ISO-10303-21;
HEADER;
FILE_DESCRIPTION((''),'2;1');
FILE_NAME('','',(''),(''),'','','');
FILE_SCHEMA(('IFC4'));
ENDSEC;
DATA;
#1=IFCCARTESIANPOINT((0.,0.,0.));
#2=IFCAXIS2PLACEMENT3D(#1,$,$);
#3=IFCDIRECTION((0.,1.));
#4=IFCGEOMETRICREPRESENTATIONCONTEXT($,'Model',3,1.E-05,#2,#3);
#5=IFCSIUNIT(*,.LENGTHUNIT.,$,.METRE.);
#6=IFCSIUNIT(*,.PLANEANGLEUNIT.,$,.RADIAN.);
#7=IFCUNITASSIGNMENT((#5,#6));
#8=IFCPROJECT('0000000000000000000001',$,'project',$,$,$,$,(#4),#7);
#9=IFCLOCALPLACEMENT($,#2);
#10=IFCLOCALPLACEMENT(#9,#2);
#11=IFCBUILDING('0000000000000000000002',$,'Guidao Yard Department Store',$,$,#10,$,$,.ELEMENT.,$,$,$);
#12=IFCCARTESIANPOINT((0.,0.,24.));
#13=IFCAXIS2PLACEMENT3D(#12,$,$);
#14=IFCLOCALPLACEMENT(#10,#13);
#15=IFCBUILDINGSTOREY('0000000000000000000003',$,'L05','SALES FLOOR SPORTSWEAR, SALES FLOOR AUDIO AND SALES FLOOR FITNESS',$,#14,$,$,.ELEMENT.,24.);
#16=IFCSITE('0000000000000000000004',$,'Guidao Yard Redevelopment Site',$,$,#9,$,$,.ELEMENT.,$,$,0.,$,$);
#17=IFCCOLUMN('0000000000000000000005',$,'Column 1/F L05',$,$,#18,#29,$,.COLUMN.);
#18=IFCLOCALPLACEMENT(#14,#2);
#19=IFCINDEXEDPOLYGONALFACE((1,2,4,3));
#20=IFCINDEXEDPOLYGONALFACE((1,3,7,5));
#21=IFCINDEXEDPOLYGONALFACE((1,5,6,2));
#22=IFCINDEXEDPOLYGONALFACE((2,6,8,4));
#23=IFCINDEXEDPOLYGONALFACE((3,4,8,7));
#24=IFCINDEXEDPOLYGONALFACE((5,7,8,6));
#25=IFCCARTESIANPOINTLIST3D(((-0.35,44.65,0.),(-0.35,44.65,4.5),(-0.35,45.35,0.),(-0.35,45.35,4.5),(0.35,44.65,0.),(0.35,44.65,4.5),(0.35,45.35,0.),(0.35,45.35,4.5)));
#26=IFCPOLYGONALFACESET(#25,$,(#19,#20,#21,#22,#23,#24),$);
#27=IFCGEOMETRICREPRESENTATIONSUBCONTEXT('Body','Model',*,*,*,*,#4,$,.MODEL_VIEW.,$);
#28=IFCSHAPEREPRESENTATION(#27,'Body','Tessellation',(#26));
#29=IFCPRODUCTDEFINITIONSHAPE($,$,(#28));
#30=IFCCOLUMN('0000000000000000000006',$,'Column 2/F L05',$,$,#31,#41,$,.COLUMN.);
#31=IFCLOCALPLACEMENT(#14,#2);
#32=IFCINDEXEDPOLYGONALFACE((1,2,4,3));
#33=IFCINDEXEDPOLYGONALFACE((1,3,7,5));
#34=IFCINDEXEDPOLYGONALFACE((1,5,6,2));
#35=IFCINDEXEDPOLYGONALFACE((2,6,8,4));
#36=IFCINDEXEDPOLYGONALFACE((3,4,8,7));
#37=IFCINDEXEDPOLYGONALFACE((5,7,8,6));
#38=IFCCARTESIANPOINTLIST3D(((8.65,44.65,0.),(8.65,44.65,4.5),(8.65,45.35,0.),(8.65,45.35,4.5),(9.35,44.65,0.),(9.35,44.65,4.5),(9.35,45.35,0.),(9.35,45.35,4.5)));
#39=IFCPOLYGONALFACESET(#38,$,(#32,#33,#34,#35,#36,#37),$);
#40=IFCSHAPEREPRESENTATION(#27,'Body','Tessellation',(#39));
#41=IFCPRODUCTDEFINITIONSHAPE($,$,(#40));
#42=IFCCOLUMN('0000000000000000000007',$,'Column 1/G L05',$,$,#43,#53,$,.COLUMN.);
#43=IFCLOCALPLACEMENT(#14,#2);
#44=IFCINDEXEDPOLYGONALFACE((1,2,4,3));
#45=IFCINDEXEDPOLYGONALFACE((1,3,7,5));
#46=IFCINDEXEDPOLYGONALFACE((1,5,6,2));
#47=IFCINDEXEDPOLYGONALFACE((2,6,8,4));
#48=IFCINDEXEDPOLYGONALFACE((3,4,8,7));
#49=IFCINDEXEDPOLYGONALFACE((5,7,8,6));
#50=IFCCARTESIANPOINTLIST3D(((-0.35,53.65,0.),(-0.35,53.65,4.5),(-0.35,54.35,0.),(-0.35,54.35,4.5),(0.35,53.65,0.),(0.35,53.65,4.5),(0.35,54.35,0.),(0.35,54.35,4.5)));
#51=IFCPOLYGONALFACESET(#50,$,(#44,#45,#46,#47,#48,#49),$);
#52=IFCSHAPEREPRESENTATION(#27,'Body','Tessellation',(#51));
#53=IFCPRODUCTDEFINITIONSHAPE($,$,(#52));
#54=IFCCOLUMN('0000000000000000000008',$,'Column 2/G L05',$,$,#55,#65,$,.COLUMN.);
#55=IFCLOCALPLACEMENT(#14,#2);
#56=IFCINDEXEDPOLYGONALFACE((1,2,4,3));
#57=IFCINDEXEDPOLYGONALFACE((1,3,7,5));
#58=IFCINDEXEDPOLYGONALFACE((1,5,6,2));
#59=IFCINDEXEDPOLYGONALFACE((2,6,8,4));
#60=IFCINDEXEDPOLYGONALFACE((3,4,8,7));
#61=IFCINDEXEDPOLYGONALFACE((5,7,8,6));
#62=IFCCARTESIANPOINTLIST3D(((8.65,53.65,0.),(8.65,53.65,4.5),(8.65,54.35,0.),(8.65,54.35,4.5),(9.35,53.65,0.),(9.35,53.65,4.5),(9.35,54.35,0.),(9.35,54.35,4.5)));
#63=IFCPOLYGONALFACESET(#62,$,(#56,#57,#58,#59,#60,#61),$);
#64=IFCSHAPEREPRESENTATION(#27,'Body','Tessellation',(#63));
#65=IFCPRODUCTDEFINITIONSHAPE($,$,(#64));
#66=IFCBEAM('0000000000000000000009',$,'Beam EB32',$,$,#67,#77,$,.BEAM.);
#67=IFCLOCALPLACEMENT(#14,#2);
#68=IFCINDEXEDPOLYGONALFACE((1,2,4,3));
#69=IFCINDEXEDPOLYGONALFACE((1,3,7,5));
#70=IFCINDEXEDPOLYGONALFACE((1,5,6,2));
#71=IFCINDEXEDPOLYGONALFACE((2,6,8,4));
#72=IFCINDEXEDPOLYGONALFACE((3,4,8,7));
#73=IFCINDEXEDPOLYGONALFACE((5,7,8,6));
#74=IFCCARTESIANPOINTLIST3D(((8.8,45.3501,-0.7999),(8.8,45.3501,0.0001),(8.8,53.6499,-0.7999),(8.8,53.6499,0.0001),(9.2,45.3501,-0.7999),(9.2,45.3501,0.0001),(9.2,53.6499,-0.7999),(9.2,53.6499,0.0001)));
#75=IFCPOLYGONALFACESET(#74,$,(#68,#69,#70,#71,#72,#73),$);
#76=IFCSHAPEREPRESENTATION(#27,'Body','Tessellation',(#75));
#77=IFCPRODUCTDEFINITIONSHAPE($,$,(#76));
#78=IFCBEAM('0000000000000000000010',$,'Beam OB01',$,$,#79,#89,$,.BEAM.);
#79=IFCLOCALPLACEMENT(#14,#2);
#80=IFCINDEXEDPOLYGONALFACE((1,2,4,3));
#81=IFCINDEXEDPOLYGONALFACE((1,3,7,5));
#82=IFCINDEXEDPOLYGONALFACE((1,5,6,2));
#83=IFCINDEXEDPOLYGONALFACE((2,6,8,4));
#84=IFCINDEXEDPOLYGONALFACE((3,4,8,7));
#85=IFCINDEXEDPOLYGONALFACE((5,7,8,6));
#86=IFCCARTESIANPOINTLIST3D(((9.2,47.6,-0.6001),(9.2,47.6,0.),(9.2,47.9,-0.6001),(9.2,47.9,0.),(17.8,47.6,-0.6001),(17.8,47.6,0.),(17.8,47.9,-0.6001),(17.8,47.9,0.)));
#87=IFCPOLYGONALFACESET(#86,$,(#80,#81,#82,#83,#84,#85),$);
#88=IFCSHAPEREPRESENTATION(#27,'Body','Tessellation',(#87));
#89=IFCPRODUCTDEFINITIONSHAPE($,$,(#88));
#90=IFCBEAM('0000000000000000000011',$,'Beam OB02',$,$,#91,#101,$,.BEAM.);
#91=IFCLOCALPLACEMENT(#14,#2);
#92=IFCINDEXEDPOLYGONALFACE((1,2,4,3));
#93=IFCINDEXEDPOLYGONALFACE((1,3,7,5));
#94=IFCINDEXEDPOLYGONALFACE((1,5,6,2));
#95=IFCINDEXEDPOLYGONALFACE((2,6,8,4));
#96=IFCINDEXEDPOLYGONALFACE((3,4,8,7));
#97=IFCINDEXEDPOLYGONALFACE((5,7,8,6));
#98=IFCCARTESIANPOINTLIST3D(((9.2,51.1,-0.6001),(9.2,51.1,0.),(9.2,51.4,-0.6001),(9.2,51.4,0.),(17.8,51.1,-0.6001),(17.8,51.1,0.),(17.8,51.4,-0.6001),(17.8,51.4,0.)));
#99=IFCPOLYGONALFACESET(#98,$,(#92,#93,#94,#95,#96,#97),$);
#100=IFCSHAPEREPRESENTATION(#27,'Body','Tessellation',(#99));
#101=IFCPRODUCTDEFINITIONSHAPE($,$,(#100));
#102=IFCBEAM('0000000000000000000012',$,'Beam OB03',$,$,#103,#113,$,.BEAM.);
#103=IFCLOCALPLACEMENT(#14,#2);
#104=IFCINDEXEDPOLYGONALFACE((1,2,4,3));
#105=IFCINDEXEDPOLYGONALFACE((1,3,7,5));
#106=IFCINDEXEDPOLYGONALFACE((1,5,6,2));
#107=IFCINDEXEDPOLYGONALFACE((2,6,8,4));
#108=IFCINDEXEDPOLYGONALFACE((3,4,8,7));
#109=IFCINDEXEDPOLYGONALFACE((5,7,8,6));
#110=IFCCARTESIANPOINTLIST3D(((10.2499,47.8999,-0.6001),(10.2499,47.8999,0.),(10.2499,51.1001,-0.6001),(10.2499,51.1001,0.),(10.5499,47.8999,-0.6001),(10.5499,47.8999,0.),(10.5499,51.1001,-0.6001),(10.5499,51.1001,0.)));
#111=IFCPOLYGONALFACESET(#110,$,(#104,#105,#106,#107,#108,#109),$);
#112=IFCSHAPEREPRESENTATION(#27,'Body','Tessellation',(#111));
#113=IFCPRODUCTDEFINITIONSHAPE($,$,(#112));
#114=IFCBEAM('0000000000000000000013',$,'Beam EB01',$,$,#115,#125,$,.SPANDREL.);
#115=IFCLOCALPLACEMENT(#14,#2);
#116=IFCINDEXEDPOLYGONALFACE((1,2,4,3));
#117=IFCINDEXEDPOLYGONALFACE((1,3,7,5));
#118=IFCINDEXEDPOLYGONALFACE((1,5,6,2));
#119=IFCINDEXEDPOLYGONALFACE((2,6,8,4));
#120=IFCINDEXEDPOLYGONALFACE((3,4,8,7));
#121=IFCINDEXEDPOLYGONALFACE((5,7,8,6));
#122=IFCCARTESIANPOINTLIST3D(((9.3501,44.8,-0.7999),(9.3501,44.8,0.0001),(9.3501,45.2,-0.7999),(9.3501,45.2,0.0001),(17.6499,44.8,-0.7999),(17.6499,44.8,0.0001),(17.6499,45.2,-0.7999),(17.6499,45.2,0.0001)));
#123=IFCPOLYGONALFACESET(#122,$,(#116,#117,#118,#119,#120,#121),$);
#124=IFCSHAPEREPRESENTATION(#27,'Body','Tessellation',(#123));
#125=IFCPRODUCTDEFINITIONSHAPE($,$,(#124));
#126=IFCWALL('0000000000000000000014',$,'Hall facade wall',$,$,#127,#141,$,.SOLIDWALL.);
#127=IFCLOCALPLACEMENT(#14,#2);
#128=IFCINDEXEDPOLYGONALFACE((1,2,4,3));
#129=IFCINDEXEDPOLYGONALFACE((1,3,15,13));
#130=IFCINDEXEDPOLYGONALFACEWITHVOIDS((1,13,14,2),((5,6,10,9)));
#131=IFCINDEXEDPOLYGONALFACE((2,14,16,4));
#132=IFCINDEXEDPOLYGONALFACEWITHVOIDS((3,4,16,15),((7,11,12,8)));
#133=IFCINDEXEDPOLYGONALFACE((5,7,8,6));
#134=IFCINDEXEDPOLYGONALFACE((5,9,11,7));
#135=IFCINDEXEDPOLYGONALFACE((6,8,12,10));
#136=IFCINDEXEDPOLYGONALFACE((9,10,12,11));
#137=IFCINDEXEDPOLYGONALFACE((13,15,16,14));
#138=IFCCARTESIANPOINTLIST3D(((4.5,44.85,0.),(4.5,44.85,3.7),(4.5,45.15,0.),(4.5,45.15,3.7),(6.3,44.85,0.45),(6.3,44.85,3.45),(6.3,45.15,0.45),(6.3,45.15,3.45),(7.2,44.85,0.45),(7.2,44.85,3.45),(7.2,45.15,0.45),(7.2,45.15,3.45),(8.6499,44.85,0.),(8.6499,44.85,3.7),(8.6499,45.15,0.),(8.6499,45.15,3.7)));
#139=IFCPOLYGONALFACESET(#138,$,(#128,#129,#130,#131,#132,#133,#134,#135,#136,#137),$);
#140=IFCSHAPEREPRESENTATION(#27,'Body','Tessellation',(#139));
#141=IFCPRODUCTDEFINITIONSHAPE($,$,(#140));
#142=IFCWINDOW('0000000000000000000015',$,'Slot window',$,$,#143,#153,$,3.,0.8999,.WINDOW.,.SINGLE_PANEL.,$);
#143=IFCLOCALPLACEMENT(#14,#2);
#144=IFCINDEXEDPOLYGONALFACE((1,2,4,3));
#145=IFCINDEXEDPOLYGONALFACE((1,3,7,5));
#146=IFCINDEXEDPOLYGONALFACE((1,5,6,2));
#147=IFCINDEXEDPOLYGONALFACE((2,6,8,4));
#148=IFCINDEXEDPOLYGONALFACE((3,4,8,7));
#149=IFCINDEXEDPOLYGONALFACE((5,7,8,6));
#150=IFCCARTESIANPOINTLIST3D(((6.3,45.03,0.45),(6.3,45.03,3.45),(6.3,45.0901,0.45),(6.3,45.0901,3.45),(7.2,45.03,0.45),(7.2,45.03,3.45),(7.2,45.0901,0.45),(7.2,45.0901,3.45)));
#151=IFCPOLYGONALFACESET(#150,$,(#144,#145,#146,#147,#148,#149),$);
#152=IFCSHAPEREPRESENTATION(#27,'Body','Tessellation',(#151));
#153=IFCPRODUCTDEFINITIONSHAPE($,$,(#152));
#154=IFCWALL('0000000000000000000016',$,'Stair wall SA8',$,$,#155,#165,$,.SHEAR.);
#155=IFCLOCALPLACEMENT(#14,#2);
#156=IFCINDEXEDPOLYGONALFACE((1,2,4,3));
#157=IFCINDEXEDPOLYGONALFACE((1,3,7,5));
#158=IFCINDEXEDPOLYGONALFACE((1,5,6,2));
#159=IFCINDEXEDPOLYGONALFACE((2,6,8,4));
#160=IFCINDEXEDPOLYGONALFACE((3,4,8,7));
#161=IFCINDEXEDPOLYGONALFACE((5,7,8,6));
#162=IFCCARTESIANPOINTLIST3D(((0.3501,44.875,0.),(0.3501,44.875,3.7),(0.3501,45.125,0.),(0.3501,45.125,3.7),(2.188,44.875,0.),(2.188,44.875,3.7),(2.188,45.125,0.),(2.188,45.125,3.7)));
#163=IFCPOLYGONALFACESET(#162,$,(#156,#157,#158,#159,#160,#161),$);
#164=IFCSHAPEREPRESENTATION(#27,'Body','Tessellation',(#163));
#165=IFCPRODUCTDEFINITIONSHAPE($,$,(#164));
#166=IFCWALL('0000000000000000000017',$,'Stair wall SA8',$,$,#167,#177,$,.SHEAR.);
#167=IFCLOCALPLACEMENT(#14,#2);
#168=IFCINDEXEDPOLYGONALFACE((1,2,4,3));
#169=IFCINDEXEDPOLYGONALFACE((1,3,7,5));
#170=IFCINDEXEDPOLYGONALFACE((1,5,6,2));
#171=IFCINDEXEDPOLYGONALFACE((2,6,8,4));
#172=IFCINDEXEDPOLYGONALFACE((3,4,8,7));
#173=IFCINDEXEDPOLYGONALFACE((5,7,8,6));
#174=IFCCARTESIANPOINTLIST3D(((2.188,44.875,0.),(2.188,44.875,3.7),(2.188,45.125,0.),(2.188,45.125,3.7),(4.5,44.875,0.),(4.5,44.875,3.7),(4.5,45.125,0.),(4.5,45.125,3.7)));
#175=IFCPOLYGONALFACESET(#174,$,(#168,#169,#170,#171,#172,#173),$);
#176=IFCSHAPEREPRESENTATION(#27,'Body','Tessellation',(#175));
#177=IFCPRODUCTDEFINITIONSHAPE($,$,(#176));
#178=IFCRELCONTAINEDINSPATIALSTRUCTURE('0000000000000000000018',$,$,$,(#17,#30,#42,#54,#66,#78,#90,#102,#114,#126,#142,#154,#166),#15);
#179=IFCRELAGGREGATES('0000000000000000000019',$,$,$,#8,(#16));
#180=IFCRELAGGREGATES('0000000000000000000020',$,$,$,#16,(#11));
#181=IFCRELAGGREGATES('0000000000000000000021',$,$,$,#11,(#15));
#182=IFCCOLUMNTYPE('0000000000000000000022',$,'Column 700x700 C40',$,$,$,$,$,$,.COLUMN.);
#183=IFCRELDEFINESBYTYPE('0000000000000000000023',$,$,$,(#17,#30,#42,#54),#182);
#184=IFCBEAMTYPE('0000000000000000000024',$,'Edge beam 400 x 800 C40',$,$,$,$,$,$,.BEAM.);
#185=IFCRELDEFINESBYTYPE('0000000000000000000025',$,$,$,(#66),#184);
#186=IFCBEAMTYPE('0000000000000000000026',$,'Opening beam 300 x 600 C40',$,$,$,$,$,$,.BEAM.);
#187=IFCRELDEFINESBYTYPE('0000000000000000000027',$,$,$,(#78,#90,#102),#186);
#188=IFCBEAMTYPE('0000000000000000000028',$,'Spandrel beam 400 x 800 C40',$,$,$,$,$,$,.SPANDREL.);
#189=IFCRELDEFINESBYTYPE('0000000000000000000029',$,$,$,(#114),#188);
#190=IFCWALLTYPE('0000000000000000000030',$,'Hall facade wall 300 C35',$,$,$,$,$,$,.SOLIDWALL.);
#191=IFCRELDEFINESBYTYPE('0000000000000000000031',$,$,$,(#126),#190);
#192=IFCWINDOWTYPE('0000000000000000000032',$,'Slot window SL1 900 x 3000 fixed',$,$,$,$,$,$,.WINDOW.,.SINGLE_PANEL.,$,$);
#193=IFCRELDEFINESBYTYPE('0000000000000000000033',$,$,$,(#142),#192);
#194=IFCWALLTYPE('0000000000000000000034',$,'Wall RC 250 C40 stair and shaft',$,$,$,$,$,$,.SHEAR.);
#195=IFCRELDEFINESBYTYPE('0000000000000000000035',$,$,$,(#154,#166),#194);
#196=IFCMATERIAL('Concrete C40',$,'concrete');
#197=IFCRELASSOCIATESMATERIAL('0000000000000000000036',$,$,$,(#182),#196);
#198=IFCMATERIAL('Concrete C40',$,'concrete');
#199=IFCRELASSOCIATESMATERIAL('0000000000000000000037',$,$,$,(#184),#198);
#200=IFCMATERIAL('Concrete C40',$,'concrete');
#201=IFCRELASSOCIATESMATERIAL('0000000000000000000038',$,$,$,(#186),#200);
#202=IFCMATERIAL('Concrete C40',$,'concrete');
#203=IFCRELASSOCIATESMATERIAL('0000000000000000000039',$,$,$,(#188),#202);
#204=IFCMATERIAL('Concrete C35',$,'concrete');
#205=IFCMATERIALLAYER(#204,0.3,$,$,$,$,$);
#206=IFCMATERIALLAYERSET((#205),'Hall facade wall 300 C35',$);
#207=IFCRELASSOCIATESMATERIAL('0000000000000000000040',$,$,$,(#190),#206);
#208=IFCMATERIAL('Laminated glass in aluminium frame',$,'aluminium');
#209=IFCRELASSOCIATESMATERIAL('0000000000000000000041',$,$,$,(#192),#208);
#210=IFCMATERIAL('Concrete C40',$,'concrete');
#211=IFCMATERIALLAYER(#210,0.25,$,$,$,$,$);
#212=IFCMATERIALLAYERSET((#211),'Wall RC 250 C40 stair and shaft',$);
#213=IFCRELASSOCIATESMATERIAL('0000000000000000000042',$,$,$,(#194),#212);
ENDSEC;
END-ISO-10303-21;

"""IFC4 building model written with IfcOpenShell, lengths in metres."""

from ifc_helpers import new_model, si_unit, direction, frame, frame_2d, origin, origin_2d, place, context, subcontext, project, spatial, rectangle, extrude, material, layer, layer_set, material_profile, profile_set, type_object, element, fill, save


model = new_model("IFC4")

# Units and contexts
model_context = context("Model", 3, precision=1e-05, world=origin(), true_north=direction((0.0, 1.0)))
body_context = subcontext(model_context, "Body", "Model", "MODEL_VIEW")
ifc_project = project(units=[si_unit("LENGTHUNIT", "METRE"), si_unit("PLANEANGLEUNIT", "RADIAN")], contexts=[model_context])

# Site, building, storey
site_placement = place(None, origin())
site = spatial("IfcSite", under=ifc_project, at=site_placement, Name="Guidao Yard Redevelopment Site", CompositionType="ELEMENT", RefElevation=0.0)
building_placement = place(site_placement, origin())
building = spatial("IfcBuilding", under=site, at=building_placement, Name="Guidao Yard Department Store", CompositionType="ELEMENT")
storey_placement = place(building_placement, frame((0.0, 0.0, 24.0)))
storey = spatial("IfcBuildingStorey", under=building, at=storey_placement, Name="L05", Description="SALES FLOOR SPORTSWEAR, SALES FLOOR AUDIO AND SALES FLOOR FITNESS", CompositionType="ELEMENT", Elevation=24.0)

# Columns
ifc_material_1 = material(Name="Concrete C40", Category="concrete")
ifc_material_profile_1 = material_profile(ifc_material_1, rectangle(XDim=0.7, YDim=0.7, at=origin_2d()), Name="COL 700x700")
ifc_profile_set_1 = profile_set([ifc_material_profile_1], Name="Concrete C40")
column_type = type_object("IfcColumnType", Name="Column 700x700 C40", PredefinedType="COLUMN", material=ifc_profile_set_1)
for number, where, z_axis, x_axis, name in (
    (1, (0.0, 45.0, 0.0), (0.0, 0.0, 1.0), (1.0, 0.0, 0.0), "Column 1/F L05"),
    (2, (9.0, 45.0, 0.0), (0.0, 0.0, 1.0), (1.0, 0.0, 0.0), "Column 2/F L05"),
    (3, (0.0, 54.0, 0.0), (0.0, 0.0, 1.0), (1.0, 0.0, 0.0), "Column 1/G L05"),
    (4, (9.0, 54.0, 0.0), (0.0, 0.0, 1.0), (1.0, 0.0, 0.0), "Column 2/G L05"),
):
    element("IfcColumn", number, at=place(storey_placement, frame(where, z_axis=z_axis, x_axis=x_axis)), inside=storey, type_object=column_type, Name=name, PredefinedType="COLUMN", context=body_context, shape_type="SweptSolid", body=[
        extrude(rectangle(XDim=0.7, YDim=0.7, at=origin_2d()), origin(), (0.0, 0.0, 1.0), 4.5),
    ])

# Beams
ifc_material_2 = material(Name="Concrete C40", Category="concrete")
ifc_material_profile_2 = material_profile(ifc_material_2, rectangle(XDim=0.3999, YDim=0.8, at=origin_2d()), Name="Edge beam 400 x 800 C40")
ifc_profile_set_2 = profile_set([ifc_material_profile_2], Name="Concrete C40")
beam_type_1 = type_object("IfcBeamType", Name="Edge beam 400 x 800 C40", PredefinedType="BEAM", material=ifc_profile_set_2)
beam_1_placement = place(storey_placement, frame((9.0, 45.3501, -0.3999), z_axis=(0.0, 1.0, 0.0), x_axis=(-1.0, 0.0, 0.0)))
element("IfcBeam", 5, at=beam_1_placement, inside=storey, type_object=beam_type_1, Name="Beam EB32", PredefinedType="BEAM", context=body_context, shape_type="SweptSolid", body=[
    extrude(rectangle(XDim=0.3999, YDim=0.8, at=origin_2d()), origin(), (0.0, 0.0, 1.0), 8.2998),
])
ifc_material_3 = material(Name="Concrete C40", Category="concrete")
ifc_material_profile_3 = material_profile(ifc_material_3, rectangle(XDim=0.3, YDim=0.6001, at=origin_2d()), Name="Opening beam 300 x 600 C40")
ifc_profile_set_3 = profile_set([ifc_material_profile_3], Name="Concrete C40")
beam_type_2 = type_object("IfcBeamType", Name="Opening beam 300 x 600 C40", PredefinedType="BEAM", material=ifc_profile_set_3)
for number, where, z_axis, x_axis, name in (
    (6, (9.2, 47.75, -0.3), (1.0, 0.0, 0.0), (0.0, 1.0, 0.0), "Beam OB01"),
    (7, (9.2, 51.25, -0.3), (1.0, 0.0, 0.0), (0.0, 1.0, 0.0), "Beam OB02"),
):
    element("IfcBeam", number, at=place(storey_placement, frame(where, z_axis=z_axis, x_axis=x_axis)), inside=storey, type_object=beam_type_2, Name=name, PredefinedType="BEAM", context=body_context, shape_type="SweptSolid", body=[
        extrude(rectangle(XDim=0.3, YDim=0.6001, at=origin_2d()), origin(), (0.0, 0.0, 1.0), 8.6001),
    ])
beam_2_placement = place(storey_placement, frame((10.3999, 47.8999, -0.3), z_axis=(0.0, 1.0, 0.0), x_axis=(-1.0, 0.0, 0.0)))
element("IfcBeam", 8, at=beam_2_placement, inside=storey, type_object=beam_type_2, Name="Beam OB03", PredefinedType="BEAM", context=body_context, shape_type="SweptSolid", body=[
    extrude(rectangle(XDim=0.3, YDim=0.6001, at=origin_2d()), origin(), (0.0, 0.0, 1.0), 3.2002),
])
ifc_material_4 = material(Name="Concrete C40", Category="concrete")
ifc_material_profile_4 = material_profile(ifc_material_4, rectangle(XDim=0.3999, YDim=0.8, at=origin_2d()), Name="Spandrel beam 400 x 800 C40")
ifc_profile_set_4 = profile_set([ifc_material_profile_4], Name="Concrete C40")
beam_type_3 = type_object("IfcBeamType", Name="Spandrel beam 400 x 800 C40", PredefinedType="SPANDREL", material=ifc_profile_set_4)
beam_3_placement = place(storey_placement, frame((9.3501, 45.0, -0.3999), z_axis=(1.0, 0.0, 0.0), x_axis=(0.0, 1.0, 0.0)))
element("IfcBeam", 9, at=beam_3_placement, inside=storey, type_object=beam_type_3, Name="Beam EB01", PredefinedType="SPANDREL", context=body_context, shape_type="SweptSolid", body=[
    extrude(rectangle(XDim=0.3999, YDim=0.8, at=origin_2d()), origin(), (0.0, 0.0, 1.0), 8.2998),
])

# Wall, opening, window
ifc_material_5 = material(Name="Concrete C35", Category="concrete")
ifc_layer_1 = layer(ifc_material_5, 0.3)
ifc_layer_set_1 = layer_set([ifc_layer_1], Name="Hall facade wall 300 C35")
wall_type_1 = type_object("IfcWallType", Name="Hall facade wall 300 C35", PredefinedType="SOLIDWALL", material=ifc_layer_set_1)
wall_1_placement = place(storey_placement, frame((8.6499, 45.0, 0.0), z_axis=(0.0, 0.0, 1.0), x_axis=(-1.0, 0.0, 0.0)))
wall_1 = element("IfcWall", 10, at=wall_1_placement, inside=storey, type_object=wall_type_1, Name="Hall facade wall", PredefinedType="SOLIDWALL", context=body_context, shape_type="SweptSolid", body=[
    extrude(rectangle(XDim=4.1499, YDim=0.3, at=frame_2d((2.075, 0.0))), origin(), (0.0, 0.0, 1.0), 3.7),
])
opening_1_placement = place(wall_1_placement, frame((1.45, 0.0, 0.45)))
opening_1 = element("IfcOpeningElement", 11, at=opening_1_placement, cuts=wall_1, PredefinedType="OPENING", context=body_context, shape_type="SweptSolid", body=[
    extrude(rectangle(XDim=0.8999, YDim=3.0, at=frame_2d((0.45, 1.5))), frame((0.0, 0.1599, 0.0), z_axis=(0.0, -1.0, 0.0), x_axis=(1.0, 0.0, 0.0)), (0.0, 0.0, 1.0), 0.3201),
])
ifc_material_6 = material(Name="Laminated glass in aluminium frame", Category="aluminium")
window_type = type_object("IfcWindowType", Name="Slot window SL1 900 x 3000 fixed", PartitioningType="SINGLE_PANEL", PredefinedType="WINDOW", material=ifc_material_6)
window_placement = place(opening_1_placement, origin())
window = element("IfcWindow", 12, at=window_placement, inside=storey, type_object=window_type, Name="Slot window", OverallHeight=3.0, OverallWidth=0.8999, PartitioningType="SINGLE_PANEL", PredefinedType="WINDOW", context=body_context, shape_type="SweptSolid", body=[
    extrude(rectangle(XDim=0.8999, YDim=3.0, at=frame_2d((0.45, 1.5))), frame((0.0, -0.03, 0.0), z_axis=(0.0, -1.0, 0.0), x_axis=(1.0, 0.0, 0.0)), (0.0, 0.0, 1.0), 0.0601),
])
fill(opening_1, window)

# Walls
ifc_material_7 = material(Name="Concrete C40", Category="concrete")
ifc_layer_2 = layer(ifc_material_7, 0.25)
ifc_layer_set_2 = layer_set([ifc_layer_2], Name="Wall RC 250 C40 stair and shaft")
wall_type_2 = type_object("IfcWallType", Name="Wall RC 250 C40 stair and shaft", PredefinedType="SHEAR", material=ifc_layer_set_2)
wall_2_placement = place(storey_placement, frame((0.3501, 45.0, 0.0), z_axis=(0.0, 0.0, 1.0), x_axis=(1.0, 0.0, 0.0)))
element("IfcWall", 13, at=wall_2_placement, inside=storey, type_object=wall_type_2, Name="Stair wall SA8", PredefinedType="SHEAR", context=body_context, shape_type="SweptSolid", body=[
    extrude(rectangle(XDim=1.8379, YDim=0.25, at=frame_2d((0.9189, 0.0))), origin(), (0.0, 0.0, 1.0), 3.7),
])
wall_3_placement = place(storey_placement, frame((2.188, 45.0, 0.0), z_axis=(0.0, 0.0, 1.0), x_axis=(1.0, 0.0, 0.0)))
element("IfcWall", 14, at=wall_3_placement, inside=storey, type_object=wall_type_2, Name="Stair wall SA8", PredefinedType="SHEAR", context=body_context, shape_type="SweptSolid", body=[
    extrude(rectangle(XDim=2.312, YDim=0.25, at=frame_2d((1.156, 0.0))), origin(), (0.0, 0.0, 1.0), 3.7),
])

save(model, "model.ifc")
